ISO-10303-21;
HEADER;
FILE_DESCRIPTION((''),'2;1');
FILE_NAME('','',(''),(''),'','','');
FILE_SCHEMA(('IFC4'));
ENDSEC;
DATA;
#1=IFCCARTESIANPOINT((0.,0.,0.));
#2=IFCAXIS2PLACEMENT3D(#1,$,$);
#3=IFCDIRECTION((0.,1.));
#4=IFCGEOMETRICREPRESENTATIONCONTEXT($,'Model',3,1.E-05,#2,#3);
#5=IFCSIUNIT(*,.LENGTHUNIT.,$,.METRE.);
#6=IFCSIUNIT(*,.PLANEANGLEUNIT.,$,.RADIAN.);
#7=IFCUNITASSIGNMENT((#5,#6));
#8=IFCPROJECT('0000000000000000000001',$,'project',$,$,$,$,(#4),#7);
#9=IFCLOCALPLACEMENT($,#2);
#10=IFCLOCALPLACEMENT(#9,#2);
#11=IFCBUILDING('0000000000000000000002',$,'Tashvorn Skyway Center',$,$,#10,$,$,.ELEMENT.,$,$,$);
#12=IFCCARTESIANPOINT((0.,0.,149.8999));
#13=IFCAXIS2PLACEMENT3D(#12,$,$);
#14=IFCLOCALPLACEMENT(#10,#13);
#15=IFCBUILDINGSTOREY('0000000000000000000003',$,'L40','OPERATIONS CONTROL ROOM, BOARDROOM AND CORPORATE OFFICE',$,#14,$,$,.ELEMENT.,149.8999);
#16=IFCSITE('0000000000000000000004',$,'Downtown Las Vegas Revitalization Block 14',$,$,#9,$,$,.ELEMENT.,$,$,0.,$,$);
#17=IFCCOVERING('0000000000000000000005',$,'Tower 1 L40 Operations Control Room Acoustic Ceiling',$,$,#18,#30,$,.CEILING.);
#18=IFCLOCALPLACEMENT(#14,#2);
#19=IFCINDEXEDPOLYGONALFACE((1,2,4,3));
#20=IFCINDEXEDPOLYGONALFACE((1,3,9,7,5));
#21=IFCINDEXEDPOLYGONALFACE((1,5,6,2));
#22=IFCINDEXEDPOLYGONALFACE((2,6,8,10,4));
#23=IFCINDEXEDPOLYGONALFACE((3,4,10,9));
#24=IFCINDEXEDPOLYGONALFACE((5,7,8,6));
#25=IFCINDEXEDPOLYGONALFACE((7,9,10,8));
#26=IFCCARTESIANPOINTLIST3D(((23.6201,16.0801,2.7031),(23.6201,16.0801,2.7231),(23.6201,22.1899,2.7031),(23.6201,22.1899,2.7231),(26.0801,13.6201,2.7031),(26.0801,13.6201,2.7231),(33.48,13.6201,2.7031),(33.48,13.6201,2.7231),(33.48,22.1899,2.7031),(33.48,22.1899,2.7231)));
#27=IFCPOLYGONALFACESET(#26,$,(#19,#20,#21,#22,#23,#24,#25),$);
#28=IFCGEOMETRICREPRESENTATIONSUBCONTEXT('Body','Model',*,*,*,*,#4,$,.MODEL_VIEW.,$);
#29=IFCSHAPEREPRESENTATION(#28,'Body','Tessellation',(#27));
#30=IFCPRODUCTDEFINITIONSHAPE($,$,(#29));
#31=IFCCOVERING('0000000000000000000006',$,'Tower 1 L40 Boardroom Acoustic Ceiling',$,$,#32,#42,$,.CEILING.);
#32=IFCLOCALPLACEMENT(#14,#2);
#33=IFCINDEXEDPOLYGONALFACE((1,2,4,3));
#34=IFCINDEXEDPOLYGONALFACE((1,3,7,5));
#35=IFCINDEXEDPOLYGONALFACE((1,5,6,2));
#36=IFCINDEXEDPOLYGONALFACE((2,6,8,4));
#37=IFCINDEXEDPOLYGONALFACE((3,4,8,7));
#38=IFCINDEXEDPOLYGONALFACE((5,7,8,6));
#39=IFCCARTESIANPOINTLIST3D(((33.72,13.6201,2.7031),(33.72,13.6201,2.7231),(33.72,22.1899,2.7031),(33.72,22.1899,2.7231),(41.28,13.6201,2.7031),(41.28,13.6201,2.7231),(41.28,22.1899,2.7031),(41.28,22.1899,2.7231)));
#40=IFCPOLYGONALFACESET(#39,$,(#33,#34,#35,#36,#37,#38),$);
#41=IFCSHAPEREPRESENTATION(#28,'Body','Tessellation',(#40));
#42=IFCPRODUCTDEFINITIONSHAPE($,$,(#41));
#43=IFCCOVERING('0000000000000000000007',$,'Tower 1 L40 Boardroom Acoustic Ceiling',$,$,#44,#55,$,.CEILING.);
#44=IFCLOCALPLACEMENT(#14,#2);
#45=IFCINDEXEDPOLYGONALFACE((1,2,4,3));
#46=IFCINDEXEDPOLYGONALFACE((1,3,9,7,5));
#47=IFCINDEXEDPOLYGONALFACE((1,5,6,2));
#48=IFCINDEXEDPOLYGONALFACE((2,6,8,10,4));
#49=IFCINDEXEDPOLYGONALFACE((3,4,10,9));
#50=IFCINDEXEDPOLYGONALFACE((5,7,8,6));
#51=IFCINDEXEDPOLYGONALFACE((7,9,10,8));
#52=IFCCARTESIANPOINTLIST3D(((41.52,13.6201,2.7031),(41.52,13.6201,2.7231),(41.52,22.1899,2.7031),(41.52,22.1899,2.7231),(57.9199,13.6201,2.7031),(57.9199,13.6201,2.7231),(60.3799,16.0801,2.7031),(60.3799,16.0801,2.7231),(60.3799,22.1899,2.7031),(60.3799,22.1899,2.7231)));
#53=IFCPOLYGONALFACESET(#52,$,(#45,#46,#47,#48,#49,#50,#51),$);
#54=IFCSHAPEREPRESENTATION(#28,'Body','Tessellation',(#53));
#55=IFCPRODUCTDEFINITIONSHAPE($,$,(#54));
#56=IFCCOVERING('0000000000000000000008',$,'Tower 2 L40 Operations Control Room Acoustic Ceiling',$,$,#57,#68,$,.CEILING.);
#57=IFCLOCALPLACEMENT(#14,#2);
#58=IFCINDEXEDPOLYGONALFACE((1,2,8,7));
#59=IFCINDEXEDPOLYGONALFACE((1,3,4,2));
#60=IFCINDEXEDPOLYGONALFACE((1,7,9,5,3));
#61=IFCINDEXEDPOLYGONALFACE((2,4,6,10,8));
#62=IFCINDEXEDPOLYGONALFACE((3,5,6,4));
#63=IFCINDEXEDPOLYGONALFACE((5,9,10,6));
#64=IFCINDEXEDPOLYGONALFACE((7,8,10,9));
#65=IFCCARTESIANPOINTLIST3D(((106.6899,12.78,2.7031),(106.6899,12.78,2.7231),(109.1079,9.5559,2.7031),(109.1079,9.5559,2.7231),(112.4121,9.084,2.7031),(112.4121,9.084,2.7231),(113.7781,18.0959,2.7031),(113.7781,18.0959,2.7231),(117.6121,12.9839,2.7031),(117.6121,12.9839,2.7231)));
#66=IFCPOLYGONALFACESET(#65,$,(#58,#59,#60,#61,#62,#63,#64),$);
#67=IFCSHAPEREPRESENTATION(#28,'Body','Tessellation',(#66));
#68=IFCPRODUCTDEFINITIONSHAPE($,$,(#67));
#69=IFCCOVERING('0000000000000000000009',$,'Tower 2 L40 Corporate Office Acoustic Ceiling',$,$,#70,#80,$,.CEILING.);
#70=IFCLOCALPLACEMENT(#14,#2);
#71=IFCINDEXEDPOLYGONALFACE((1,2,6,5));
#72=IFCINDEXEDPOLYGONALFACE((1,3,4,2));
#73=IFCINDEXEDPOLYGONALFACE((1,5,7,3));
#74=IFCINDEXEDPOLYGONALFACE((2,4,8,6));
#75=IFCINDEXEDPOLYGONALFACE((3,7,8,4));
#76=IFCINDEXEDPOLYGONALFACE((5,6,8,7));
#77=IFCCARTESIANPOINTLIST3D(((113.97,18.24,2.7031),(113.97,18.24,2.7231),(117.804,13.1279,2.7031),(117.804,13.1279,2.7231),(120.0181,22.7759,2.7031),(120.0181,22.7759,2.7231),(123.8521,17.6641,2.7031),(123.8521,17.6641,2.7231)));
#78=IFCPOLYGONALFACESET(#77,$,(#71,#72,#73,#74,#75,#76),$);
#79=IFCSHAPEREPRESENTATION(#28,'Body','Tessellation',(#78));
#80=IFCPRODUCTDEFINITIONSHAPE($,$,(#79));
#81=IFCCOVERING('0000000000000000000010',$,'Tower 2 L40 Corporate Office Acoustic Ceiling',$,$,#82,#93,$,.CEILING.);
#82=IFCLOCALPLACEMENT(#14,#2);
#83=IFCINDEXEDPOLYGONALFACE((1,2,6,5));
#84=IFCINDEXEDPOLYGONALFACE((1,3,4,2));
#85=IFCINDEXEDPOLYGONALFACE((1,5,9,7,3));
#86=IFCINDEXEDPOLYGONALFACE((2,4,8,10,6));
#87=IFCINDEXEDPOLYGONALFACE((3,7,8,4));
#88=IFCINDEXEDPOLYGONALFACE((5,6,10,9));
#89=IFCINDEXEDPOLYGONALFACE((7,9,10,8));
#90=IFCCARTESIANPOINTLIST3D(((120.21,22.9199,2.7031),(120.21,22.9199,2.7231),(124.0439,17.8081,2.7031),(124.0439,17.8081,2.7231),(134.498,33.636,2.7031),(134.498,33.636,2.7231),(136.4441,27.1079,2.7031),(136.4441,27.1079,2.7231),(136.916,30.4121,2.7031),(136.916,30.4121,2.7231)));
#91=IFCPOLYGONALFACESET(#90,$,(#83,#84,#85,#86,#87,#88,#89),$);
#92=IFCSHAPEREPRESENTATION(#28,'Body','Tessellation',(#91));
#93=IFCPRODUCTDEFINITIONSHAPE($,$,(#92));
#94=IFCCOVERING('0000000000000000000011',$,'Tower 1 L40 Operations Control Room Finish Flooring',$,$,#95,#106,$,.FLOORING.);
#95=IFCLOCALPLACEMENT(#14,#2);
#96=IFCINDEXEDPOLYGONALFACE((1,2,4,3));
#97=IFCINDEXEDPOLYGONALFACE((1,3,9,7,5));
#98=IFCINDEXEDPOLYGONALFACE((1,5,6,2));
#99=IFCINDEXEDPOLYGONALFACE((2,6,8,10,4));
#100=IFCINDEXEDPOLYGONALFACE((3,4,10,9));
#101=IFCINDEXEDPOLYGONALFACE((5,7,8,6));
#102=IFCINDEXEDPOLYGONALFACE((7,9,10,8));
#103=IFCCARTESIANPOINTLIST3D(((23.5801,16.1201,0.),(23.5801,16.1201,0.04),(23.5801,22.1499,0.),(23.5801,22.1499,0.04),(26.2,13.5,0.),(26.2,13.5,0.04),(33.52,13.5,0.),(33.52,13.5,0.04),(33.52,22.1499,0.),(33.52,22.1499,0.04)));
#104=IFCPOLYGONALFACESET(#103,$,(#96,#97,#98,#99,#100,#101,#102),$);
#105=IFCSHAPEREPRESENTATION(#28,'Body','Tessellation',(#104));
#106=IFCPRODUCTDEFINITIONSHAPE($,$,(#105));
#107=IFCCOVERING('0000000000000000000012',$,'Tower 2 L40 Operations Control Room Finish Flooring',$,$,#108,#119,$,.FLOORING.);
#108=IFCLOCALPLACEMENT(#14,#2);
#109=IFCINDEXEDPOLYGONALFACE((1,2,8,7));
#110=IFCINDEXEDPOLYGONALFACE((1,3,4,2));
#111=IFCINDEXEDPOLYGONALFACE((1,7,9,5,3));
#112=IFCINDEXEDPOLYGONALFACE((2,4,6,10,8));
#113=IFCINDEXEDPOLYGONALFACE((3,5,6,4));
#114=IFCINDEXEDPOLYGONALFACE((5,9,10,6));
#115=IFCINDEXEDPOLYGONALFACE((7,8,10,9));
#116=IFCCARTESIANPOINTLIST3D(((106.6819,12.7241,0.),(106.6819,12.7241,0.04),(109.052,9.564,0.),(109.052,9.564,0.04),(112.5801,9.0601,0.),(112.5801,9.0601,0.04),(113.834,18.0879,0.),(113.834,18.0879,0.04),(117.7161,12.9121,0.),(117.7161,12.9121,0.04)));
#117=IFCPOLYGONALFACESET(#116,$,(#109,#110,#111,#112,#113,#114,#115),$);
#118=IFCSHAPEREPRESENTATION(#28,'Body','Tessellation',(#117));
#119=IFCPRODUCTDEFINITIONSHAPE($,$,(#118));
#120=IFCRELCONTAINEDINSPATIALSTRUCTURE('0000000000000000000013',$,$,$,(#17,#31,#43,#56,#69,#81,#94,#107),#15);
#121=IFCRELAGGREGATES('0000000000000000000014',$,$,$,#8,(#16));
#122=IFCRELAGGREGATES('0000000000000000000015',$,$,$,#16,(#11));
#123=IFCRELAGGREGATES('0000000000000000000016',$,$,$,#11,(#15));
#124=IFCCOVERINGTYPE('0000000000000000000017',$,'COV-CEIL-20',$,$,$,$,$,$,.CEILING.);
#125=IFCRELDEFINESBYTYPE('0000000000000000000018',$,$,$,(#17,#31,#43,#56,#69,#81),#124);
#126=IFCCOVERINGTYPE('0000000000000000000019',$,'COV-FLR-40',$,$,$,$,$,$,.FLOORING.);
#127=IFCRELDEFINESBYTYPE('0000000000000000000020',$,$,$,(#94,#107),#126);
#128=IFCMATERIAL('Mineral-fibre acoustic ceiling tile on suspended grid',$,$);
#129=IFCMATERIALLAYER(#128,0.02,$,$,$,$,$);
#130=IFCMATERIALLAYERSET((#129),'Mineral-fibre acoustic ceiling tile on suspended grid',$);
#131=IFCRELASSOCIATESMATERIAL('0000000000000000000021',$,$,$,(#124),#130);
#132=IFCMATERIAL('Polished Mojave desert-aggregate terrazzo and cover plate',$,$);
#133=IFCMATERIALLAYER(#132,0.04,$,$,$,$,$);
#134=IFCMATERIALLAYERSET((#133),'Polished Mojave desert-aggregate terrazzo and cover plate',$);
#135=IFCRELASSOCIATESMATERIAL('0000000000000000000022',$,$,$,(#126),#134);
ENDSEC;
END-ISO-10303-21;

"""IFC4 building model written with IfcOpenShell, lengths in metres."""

from ifc_helpers import new_model, si_unit, direction, frame, origin, place, context, subcontext, project, spatial, polyline, outline, extrude, material, layer, layer_set, type_object, element, save


model = new_model("IFC4")

# Units and contexts
model_context = context("Model", 3, precision=1e-05, world=origin(), true_north=direction((0.0, 1.0)))
body_context = subcontext(model_context, "Body", "Model", "MODEL_VIEW")
ifc_project = project(units=[si_unit("LENGTHUNIT", "METRE"), si_unit("PLANEANGLEUNIT", "RADIAN")], contexts=[model_context])

# Site, building, storey
site_placement = place(None, origin())
site = spatial("IfcSite", under=ifc_project, at=site_placement, Name="Downtown Las Vegas Revitalization Block 14", CompositionType="ELEMENT", RefElevation=0.0)
building_placement = place(site_placement, origin())
building = spatial("IfcBuilding", under=site, at=building_placement, Name="Tashvorn Skyway Center", CompositionType="ELEMENT")
storey_placement = place(building_placement, frame((0.0, 0.0, 149.8999)))
storey = spatial("IfcBuildingStorey", under=building, at=storey_placement, Name="L40", Description="OPERATIONS CONTROL ROOM, BOARDROOM AND CORPORATE OFFICE", CompositionType="ELEMENT", Elevation=149.8999)

# Coverings
ifc_material_1 = material(Name="Mineral-fibre acoustic ceiling tile on suspended grid")
ifc_layer_1 = layer(ifc_material_1, 0.02)
ifc_layer_set_1 = layer_set([ifc_layer_1], Name="Mineral-fibre acoustic ceiling tile on suspended grid")
covering_type_1 = type_object("IfcCoveringType", Name="COV-CEIL-20", PredefinedType="CEILING", material=ifc_layer_set_1)
covering_1_placement = place(storey_placement, frame((0.0, 0.0, 2.7031)))
element("IfcCovering", 1, at=covering_1_placement, inside=storey, type_object=covering_type_1, Name="Tower 1 L40 Operations Control Room Acoustic Ceiling", PredefinedType="CEILING", context=body_context, shape_type="SweptSolid", body=[
    extrude(outline(polyline([(23.6201, 22.1899), (33.48, 22.1899), (33.48, 13.6201), (26.0801, 13.6201), (23.6201, 16.0801), (23.6201, 22.1899)])), origin(), (0.0, 0.0, 1.0), 0.02),
])
covering_2_placement = place(storey_placement, frame((0.0, 0.0, 2.7031)))
element("IfcCovering", 2, at=covering_2_placement, inside=storey, type_object=covering_type_1, Name="Tower 1 L40 Boardroom Acoustic Ceiling", PredefinedType="CEILING", context=body_context, shape_type="SweptSolid", body=[
    extrude(outline(polyline([(33.72, 22.1899), (41.28, 22.1899), (41.28, 13.6201), (33.72, 13.6201), (33.72, 22.1899)])), origin(), (0.0, 0.0, 1.0), 0.02),
])
covering_3_placement = place(storey_placement, frame((0.0, 0.0, 2.7031)))
element("IfcCovering", 3, at=covering_3_placement, inside=storey, type_object=covering_type_1, Name="Tower 1 L40 Boardroom Acoustic Ceiling", PredefinedType="CEILING", context=body_context, shape_type="SweptSolid", body=[
    extrude(outline(polyline([(41.52, 13.6201), (41.52, 22.1899), (60.3799, 22.1899), (60.3799, 16.0801), (57.9199, 13.6201), (41.52, 13.6201)])), origin(), (0.0, 0.0, 1.0), 0.02),
])
covering_4_placement = place(storey_placement, frame((0.0, 0.0, 2.7031)))
element("IfcCovering", 4, at=covering_4_placement, inside=storey, type_object=covering_type_1, Name="Tower 2 L40 Operations Control Room Acoustic Ceiling", PredefinedType="CEILING", context=body_context, shape_type="SweptSolid", body=[
    extrude(outline(polyline([(106.6899, 12.78), (113.7781, 18.0959), (117.6121, 12.9839), (112.4121, 9.084), (109.1079, 9.5559), (106.6899, 12.78)])), origin(), (0.0, 0.0, 1.0), 0.02),
])
covering_5_placement = place(storey_placement, frame((0.0, 0.0, 2.7031)))
element("IfcCovering", 5, at=covering_5_placement, inside=storey, type_object=covering_type_1, Name="Tower 2 L40 Corporate Office Acoustic Ceiling", PredefinedType="CEILING", context=body_context, shape_type="SweptSolid", body=[
    extrude(outline(polyline([(113.97, 18.24), (120.0181, 22.7759), (123.8521, 17.6641), (117.804, 13.1279), (113.97, 18.24)])), origin(), (0.0, 0.0, 1.0), 0.02),
])
covering_6_placement = place(storey_placement, frame((0.0, 0.0, 2.7031)))
element("IfcCovering", 6, at=covering_6_placement, inside=storey, type_object=covering_type_1, Name="Tower 2 L40 Corporate Office Acoustic Ceiling", PredefinedType="CEILING", context=body_context, shape_type="SweptSolid", body=[
    extrude(outline(polyline([(124.0439, 17.8081), (120.21, 22.9199), (134.498, 33.636), (136.916, 30.4121), (136.4441, 27.1079), (124.0439, 17.8081)])), origin(), (0.0, 0.0, 1.0), 0.02),
])
ifc_material_2 = material(Name="Polished Mojave desert-aggregate terrazzo and cover plate")
ifc_layer_2 = layer(ifc_material_2, 0.04)
ifc_layer_set_2 = layer_set([ifc_layer_2], Name="Polished Mojave desert-aggregate terrazzo and cover plate")
covering_type_2 = type_object("IfcCoveringType", Name="COV-FLR-40", PredefinedType="FLOORING", material=ifc_layer_set_2)
covering_7_placement = place(storey_placement, origin())
element("IfcCovering", 7, at=covering_7_placement, inside=storey, type_object=covering_type_2, Name="Tower 1 L40 Operations Control Room Finish Flooring", PredefinedType="FLOORING", context=body_context, shape_type="SweptSolid", body=[
    extrude(outline(polyline([(26.2, 13.5), (23.5801, 16.1201), (23.5801, 22.1499), (33.52, 22.1499), (33.52, 13.5), (26.2, 13.5)])), origin(), (0.0, 0.0, 1.0), 0.04),
])
covering_8_placement = place(storey_placement, origin())
element("IfcCovering", 8, at=covering_8_placement, inside=storey, type_object=covering_type_2, Name="Tower 2 L40 Operations Control Room Finish Flooring", PredefinedType="FLOORING", context=body_context, shape_type="SweptSolid", body=[
    extrude(outline(polyline([(112.5801, 9.0601), (109.052, 9.564), (106.6819, 12.7241), (113.834, 18.0879), (117.7161, 12.9121), (112.5801, 9.0601)])), origin(), (0.0, 0.0, 1.0), 0.04),
])

save(model, "model.ifc")
